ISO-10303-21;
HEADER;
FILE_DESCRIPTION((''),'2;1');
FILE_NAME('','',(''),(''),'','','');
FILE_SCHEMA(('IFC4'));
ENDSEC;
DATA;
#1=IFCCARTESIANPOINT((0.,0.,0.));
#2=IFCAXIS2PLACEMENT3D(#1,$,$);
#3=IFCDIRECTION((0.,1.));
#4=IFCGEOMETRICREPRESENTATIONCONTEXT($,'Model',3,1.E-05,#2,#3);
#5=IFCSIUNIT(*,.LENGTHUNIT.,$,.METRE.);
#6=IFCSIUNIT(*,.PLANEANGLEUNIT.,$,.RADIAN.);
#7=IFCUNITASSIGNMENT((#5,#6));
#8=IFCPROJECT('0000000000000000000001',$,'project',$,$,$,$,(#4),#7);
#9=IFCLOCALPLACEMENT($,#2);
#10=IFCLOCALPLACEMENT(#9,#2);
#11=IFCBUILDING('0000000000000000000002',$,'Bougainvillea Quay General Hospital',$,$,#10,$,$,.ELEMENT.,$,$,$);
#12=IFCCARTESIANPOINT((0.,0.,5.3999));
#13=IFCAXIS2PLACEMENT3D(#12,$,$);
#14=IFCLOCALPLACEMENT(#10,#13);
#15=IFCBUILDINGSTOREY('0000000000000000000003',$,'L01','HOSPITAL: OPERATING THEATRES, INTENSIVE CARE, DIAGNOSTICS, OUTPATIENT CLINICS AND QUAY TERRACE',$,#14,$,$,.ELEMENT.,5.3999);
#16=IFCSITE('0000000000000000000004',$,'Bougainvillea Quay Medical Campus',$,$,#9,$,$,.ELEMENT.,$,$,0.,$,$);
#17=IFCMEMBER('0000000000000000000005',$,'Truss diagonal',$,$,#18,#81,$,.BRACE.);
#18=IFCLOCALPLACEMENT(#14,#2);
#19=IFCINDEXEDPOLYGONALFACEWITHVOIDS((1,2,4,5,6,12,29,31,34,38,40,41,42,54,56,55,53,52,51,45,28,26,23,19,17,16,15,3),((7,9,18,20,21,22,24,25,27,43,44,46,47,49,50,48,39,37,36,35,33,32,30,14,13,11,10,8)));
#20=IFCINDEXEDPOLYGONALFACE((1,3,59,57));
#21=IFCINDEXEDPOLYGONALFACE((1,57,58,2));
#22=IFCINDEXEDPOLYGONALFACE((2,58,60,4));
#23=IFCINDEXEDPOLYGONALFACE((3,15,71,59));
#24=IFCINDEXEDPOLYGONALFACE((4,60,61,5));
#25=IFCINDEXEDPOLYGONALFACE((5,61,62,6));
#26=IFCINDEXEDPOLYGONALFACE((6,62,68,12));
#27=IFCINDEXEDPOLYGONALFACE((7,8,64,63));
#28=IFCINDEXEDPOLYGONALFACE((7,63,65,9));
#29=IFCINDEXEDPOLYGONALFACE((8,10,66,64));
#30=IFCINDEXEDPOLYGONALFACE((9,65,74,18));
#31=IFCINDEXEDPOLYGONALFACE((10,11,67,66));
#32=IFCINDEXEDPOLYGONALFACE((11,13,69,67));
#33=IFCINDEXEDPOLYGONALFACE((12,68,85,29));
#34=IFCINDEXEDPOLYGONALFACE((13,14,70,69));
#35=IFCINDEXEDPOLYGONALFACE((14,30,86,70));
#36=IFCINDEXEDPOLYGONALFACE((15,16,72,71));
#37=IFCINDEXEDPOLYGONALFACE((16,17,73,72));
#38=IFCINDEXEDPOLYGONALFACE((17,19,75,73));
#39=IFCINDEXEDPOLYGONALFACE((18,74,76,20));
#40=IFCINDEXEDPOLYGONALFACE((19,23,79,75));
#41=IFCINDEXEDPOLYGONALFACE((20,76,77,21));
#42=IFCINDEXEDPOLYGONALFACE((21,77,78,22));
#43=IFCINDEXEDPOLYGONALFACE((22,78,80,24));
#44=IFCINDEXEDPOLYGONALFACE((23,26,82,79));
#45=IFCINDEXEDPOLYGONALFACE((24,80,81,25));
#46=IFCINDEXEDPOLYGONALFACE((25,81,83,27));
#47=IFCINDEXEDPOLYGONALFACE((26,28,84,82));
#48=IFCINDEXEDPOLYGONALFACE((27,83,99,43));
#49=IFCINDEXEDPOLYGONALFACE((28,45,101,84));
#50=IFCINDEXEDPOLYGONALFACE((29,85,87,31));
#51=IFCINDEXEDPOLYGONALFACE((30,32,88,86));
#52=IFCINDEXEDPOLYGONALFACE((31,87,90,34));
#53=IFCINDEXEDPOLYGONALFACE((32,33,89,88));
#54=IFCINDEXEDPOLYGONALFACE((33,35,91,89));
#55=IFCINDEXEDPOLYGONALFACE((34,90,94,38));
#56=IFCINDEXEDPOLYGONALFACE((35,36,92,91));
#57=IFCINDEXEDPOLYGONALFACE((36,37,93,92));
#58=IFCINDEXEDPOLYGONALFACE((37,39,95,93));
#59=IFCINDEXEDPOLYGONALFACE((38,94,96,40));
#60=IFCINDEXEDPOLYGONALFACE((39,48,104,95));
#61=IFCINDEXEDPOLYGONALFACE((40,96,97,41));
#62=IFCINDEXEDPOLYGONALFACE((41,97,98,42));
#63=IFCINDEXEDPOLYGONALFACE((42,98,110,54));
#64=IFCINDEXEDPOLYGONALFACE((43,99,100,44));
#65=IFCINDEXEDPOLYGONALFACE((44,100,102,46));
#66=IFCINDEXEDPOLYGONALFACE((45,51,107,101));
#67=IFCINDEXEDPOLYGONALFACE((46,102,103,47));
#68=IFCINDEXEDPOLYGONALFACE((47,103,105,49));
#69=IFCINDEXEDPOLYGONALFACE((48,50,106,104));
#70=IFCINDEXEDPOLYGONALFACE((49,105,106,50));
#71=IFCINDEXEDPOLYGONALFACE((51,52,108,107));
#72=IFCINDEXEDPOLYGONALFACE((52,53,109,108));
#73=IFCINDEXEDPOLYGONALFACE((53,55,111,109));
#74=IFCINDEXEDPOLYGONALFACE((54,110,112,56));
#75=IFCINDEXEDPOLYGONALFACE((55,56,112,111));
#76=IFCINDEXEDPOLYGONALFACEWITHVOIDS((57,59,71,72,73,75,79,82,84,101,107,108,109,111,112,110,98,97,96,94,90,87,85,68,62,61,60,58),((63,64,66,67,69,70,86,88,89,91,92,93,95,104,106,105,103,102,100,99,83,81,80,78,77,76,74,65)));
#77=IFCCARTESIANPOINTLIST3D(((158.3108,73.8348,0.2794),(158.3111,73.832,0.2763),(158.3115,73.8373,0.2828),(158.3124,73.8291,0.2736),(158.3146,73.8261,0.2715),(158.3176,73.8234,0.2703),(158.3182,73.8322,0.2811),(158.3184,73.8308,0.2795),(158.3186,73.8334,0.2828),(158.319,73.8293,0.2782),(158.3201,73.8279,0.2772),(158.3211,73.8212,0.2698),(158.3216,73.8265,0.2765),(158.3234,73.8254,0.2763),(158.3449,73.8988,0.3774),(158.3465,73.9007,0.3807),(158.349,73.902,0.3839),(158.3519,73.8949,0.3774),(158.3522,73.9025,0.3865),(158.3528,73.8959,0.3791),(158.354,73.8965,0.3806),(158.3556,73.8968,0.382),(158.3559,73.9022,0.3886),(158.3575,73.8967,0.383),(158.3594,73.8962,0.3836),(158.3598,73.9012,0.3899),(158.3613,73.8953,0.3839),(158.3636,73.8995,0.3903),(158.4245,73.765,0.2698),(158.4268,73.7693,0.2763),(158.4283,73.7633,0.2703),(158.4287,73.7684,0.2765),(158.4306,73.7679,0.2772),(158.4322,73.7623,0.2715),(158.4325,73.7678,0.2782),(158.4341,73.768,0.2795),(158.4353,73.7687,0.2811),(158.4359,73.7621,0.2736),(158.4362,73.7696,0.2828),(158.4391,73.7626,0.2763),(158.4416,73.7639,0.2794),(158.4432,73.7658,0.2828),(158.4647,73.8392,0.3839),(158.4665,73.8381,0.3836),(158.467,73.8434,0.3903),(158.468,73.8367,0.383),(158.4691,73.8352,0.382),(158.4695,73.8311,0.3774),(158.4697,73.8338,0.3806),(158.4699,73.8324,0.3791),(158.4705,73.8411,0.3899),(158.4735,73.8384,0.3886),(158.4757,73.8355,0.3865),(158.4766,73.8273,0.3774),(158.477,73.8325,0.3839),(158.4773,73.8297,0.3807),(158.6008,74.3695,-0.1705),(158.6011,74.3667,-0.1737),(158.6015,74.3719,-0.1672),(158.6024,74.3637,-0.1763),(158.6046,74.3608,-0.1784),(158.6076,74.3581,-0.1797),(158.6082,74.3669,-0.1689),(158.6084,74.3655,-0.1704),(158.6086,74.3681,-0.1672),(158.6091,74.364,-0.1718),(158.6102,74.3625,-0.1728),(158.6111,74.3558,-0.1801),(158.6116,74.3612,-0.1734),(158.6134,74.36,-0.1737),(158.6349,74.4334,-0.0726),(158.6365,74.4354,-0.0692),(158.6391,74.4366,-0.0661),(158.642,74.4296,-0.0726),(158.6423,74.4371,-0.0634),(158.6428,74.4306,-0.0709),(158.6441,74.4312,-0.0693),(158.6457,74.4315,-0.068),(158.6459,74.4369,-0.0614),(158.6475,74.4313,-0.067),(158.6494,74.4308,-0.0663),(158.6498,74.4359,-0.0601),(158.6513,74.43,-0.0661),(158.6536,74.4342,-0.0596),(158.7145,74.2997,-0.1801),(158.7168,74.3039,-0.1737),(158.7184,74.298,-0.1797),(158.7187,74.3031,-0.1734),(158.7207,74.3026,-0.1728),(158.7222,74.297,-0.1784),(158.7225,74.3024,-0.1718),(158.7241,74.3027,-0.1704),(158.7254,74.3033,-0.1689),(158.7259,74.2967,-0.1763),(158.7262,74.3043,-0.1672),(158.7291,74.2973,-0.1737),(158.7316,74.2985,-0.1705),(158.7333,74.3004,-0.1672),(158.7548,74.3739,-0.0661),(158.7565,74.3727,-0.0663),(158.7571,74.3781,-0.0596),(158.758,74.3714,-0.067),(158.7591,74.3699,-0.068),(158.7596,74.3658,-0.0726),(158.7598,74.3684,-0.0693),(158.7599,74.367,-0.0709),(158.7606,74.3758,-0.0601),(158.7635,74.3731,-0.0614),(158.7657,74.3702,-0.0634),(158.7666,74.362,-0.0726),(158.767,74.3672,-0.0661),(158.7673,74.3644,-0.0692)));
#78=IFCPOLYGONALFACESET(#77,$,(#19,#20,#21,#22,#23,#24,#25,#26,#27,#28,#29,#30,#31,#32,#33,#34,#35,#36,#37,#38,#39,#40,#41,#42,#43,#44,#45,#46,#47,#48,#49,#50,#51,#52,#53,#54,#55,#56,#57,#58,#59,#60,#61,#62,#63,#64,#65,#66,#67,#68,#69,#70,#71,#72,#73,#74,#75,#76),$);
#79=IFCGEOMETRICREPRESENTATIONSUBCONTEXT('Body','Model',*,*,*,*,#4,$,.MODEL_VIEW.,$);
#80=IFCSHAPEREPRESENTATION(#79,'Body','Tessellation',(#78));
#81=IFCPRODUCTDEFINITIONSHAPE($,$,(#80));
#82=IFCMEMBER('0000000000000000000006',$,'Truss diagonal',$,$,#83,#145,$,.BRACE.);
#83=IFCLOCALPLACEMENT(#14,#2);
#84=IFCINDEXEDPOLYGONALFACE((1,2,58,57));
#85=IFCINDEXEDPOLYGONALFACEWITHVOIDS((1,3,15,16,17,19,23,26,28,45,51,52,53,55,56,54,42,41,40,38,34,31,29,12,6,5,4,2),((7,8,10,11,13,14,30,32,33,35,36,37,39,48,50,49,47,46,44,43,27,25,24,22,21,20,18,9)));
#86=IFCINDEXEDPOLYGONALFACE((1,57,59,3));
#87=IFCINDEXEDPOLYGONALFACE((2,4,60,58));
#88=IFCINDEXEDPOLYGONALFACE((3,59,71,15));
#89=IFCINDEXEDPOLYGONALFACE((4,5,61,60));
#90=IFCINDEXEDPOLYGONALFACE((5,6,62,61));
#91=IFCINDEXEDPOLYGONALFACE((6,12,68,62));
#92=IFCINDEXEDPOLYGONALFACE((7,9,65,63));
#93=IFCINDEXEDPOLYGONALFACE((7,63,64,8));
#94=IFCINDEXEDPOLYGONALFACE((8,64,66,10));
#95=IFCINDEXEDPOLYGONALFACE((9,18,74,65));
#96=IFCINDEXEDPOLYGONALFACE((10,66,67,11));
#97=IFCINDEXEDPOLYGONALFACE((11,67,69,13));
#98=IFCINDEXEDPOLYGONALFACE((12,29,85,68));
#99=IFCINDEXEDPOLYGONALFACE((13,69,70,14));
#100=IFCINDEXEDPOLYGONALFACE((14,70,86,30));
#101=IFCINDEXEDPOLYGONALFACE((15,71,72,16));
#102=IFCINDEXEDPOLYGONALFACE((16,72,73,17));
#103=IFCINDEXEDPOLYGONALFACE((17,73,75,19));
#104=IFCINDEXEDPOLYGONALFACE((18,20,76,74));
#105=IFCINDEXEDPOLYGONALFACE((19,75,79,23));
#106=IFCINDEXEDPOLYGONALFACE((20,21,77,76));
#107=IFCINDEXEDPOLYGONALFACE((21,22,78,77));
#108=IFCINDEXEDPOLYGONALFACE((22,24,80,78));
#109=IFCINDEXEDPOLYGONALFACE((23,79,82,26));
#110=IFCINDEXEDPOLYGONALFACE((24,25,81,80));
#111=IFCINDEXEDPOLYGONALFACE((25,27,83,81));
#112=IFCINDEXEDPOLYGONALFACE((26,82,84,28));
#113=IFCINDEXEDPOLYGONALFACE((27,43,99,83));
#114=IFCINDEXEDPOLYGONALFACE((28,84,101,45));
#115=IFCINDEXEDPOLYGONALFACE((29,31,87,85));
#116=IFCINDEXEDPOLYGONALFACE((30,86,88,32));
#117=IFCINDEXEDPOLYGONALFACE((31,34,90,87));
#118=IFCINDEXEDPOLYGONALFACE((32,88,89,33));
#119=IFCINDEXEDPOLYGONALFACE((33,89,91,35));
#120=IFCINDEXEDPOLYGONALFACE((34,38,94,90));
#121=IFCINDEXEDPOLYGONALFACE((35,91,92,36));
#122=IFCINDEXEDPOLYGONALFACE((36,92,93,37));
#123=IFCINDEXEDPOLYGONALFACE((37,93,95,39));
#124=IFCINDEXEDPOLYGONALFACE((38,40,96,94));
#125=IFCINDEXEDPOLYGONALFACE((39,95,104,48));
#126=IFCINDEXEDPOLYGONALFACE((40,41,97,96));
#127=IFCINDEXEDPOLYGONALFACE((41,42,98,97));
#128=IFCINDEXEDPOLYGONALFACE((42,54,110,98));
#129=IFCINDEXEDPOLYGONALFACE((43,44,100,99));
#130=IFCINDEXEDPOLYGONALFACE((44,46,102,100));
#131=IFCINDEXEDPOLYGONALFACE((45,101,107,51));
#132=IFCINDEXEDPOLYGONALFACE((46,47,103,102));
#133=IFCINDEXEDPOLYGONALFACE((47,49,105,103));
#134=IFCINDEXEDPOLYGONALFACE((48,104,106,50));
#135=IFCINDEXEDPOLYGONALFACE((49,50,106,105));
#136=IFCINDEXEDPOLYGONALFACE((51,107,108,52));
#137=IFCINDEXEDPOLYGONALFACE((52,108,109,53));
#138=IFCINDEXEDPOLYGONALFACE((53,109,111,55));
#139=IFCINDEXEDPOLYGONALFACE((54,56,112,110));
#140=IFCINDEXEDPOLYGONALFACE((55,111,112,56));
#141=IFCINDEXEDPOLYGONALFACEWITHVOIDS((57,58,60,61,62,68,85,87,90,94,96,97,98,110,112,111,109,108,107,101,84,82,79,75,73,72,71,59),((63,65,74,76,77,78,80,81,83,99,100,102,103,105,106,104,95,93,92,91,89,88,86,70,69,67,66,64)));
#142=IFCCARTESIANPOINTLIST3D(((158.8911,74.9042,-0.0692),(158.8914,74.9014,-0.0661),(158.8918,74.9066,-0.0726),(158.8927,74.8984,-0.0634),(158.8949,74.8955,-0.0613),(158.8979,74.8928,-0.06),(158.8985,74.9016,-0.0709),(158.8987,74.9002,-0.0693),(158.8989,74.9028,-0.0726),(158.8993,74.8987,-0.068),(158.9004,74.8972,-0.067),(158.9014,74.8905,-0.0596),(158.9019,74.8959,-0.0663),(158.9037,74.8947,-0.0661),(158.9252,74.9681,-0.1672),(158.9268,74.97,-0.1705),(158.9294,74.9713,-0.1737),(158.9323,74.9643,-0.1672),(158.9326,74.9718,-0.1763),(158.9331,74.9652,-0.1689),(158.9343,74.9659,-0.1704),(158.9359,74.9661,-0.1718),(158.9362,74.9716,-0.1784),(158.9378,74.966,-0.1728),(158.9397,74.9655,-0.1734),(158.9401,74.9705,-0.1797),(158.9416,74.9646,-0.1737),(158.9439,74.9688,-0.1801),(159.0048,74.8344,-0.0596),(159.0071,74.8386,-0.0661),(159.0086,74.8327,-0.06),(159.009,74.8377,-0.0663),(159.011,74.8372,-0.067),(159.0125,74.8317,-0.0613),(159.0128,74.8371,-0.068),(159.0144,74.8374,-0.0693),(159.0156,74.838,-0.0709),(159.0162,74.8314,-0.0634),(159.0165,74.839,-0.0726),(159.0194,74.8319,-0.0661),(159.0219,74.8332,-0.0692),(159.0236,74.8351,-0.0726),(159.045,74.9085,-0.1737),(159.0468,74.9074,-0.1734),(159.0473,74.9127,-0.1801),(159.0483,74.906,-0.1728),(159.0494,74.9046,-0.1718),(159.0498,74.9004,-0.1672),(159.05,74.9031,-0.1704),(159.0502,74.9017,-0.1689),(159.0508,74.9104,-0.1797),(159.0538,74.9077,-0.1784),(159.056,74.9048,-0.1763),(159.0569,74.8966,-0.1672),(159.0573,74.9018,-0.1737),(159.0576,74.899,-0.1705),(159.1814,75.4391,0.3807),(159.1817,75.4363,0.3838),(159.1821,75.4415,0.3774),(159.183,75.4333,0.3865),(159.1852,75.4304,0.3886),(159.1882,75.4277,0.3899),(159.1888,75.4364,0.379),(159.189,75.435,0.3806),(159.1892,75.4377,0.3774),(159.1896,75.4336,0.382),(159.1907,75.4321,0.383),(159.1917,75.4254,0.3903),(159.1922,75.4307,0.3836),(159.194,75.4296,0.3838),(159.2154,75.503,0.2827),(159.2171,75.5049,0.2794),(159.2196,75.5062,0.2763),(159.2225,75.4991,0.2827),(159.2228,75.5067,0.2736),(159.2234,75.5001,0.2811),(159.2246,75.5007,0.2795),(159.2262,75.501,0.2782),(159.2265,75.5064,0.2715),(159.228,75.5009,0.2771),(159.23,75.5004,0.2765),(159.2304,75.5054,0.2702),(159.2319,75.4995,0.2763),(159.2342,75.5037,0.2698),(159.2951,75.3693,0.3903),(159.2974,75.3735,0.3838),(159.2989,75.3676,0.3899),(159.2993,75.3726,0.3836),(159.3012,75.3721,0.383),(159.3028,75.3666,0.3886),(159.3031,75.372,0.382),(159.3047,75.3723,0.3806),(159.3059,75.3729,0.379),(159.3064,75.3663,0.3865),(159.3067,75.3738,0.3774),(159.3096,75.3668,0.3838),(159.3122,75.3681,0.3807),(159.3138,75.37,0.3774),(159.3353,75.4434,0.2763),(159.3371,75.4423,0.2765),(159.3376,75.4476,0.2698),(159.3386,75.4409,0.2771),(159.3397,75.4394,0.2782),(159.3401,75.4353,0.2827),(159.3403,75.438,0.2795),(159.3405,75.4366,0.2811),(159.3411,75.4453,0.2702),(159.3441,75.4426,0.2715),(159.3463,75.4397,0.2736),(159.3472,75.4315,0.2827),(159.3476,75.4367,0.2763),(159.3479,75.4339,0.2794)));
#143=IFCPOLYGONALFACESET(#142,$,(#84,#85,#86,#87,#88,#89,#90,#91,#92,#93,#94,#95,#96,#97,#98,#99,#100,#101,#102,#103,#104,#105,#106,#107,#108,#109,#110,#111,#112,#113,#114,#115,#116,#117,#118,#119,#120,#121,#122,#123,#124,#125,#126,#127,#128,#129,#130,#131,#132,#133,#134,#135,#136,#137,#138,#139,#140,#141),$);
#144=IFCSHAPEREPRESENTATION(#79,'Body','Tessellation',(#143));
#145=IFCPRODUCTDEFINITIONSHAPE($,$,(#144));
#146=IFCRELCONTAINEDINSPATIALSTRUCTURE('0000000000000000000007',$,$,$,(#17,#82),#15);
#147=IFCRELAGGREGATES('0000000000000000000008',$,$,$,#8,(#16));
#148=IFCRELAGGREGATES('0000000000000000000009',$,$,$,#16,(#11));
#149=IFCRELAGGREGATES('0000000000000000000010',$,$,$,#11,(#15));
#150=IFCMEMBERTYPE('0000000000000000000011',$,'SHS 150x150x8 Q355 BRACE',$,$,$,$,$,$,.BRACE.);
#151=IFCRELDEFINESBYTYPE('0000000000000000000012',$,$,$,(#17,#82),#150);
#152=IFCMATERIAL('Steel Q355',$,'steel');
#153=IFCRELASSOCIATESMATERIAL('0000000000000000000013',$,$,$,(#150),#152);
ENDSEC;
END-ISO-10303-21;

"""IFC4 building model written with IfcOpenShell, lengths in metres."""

from ifc_helpers import new_model, si_unit, direction, frame, origin, origin_2d, place, context, subcontext, project, spatial, hollow_rectangle, extrude, material, material_profile, profile_set, type_object, element, save


model = new_model("IFC4")

# Units and contexts
model_context = context("Model", 3, precision=1e-05, world=origin(), true_north=direction((0.0, 1.0)))
body_context = subcontext(model_context, "Body", "Model", "MODEL_VIEW")
ifc_project = project(units=[si_unit("LENGTHUNIT", "METRE"), si_unit("PLANEANGLEUNIT", "RADIAN")], contexts=[model_context])

# Site, building, storey
site_placement = place(None, origin())
site = spatial("IfcSite", under=ifc_project, at=site_placement, Name="Bougainvillea Quay Medical Campus", CompositionType="ELEMENT", RefElevation=0.0)
building_placement = place(site_placement, origin())
building = spatial("IfcBuilding", under=site, at=building_placement, Name="Bougainvillea Quay General Hospital", CompositionType="ELEMENT")
storey_placement = place(building_placement, frame((0.0, 0.0, 5.3999)))
storey = spatial("IfcBuildingStorey", under=building, at=storey_placement, Name="L01", Description="HOSPITAL: OPERATING THEATRES, INTENSIVE CARE, DIAGNOSTICS, OUTPATIENT CLINICS AND QUAY TERRACE", CompositionType="ELEMENT", Elevation=5.3999)

# Shared definitions
ifc_material_1 = material(Name="Steel Q355", Category="steel")

# Members
ifc_material_profile_1 = material_profile(ifc_material_1, hollow_rectangle(XDim=0.1499, YDim=0.1499, WallThickness=0.0081, InnerFilletRadius=0.0081, OuterFilletRadius=0.0161, at=origin_2d()))
ifc_profile_set_1 = profile_set([ifc_material_profile_1], Name="Steel Q355")
member_type_1 = type_object("IfcMemberType", Name="SHS 150x150x8 Q355 BRACE", PredefinedType="BRACE", material=ifc_profile_set_1)
member_1_placement = place(storey_placement, frame((158.6841, 74.3669, -0.1199), z_axis=(-0.383344, -0.706669, 0.594699), x_axis=(0.878998, -0.476826, 0.0)))
element("IfcMember", 1, at=member_1_placement, inside=storey, type_object=member_type_1, Name="Truss diagonal", PredefinedType="BRACE", context=body_context, shape_type="SweptSolid", body=[
    extrude(hollow_rectangle(XDim=0.1499, YDim=0.1499, WallThickness=0.0081, InnerFilletRadius=0.0081, OuterFilletRadius=0.0161, at=origin_2d()), origin(), (0.0, 0.0, 1.0), 0.7566),
])
member_2_placement = place(storey_placement, frame((158.9744, 74.9016, -0.1199), z_axis=(0.383531, 0.706743, 0.59449), x_axis=(-0.878921, 0.476968, 0.0)))
element("IfcMember", 2, at=member_2_placement, inside=storey, type_object=member_type_1, Name="Truss diagonal", PredefinedType="BRACE", context=body_context, shape_type="SweptSolid", body=[
    extrude(hollow_rectangle(XDim=0.1499, YDim=0.1499, WallThickness=0.0081, InnerFilletRadius=0.0081, OuterFilletRadius=0.0161, at=origin_2d()), origin(), (0.0, 0.0, 1.0), 0.7568),
])

save(model, "model.ifc")
